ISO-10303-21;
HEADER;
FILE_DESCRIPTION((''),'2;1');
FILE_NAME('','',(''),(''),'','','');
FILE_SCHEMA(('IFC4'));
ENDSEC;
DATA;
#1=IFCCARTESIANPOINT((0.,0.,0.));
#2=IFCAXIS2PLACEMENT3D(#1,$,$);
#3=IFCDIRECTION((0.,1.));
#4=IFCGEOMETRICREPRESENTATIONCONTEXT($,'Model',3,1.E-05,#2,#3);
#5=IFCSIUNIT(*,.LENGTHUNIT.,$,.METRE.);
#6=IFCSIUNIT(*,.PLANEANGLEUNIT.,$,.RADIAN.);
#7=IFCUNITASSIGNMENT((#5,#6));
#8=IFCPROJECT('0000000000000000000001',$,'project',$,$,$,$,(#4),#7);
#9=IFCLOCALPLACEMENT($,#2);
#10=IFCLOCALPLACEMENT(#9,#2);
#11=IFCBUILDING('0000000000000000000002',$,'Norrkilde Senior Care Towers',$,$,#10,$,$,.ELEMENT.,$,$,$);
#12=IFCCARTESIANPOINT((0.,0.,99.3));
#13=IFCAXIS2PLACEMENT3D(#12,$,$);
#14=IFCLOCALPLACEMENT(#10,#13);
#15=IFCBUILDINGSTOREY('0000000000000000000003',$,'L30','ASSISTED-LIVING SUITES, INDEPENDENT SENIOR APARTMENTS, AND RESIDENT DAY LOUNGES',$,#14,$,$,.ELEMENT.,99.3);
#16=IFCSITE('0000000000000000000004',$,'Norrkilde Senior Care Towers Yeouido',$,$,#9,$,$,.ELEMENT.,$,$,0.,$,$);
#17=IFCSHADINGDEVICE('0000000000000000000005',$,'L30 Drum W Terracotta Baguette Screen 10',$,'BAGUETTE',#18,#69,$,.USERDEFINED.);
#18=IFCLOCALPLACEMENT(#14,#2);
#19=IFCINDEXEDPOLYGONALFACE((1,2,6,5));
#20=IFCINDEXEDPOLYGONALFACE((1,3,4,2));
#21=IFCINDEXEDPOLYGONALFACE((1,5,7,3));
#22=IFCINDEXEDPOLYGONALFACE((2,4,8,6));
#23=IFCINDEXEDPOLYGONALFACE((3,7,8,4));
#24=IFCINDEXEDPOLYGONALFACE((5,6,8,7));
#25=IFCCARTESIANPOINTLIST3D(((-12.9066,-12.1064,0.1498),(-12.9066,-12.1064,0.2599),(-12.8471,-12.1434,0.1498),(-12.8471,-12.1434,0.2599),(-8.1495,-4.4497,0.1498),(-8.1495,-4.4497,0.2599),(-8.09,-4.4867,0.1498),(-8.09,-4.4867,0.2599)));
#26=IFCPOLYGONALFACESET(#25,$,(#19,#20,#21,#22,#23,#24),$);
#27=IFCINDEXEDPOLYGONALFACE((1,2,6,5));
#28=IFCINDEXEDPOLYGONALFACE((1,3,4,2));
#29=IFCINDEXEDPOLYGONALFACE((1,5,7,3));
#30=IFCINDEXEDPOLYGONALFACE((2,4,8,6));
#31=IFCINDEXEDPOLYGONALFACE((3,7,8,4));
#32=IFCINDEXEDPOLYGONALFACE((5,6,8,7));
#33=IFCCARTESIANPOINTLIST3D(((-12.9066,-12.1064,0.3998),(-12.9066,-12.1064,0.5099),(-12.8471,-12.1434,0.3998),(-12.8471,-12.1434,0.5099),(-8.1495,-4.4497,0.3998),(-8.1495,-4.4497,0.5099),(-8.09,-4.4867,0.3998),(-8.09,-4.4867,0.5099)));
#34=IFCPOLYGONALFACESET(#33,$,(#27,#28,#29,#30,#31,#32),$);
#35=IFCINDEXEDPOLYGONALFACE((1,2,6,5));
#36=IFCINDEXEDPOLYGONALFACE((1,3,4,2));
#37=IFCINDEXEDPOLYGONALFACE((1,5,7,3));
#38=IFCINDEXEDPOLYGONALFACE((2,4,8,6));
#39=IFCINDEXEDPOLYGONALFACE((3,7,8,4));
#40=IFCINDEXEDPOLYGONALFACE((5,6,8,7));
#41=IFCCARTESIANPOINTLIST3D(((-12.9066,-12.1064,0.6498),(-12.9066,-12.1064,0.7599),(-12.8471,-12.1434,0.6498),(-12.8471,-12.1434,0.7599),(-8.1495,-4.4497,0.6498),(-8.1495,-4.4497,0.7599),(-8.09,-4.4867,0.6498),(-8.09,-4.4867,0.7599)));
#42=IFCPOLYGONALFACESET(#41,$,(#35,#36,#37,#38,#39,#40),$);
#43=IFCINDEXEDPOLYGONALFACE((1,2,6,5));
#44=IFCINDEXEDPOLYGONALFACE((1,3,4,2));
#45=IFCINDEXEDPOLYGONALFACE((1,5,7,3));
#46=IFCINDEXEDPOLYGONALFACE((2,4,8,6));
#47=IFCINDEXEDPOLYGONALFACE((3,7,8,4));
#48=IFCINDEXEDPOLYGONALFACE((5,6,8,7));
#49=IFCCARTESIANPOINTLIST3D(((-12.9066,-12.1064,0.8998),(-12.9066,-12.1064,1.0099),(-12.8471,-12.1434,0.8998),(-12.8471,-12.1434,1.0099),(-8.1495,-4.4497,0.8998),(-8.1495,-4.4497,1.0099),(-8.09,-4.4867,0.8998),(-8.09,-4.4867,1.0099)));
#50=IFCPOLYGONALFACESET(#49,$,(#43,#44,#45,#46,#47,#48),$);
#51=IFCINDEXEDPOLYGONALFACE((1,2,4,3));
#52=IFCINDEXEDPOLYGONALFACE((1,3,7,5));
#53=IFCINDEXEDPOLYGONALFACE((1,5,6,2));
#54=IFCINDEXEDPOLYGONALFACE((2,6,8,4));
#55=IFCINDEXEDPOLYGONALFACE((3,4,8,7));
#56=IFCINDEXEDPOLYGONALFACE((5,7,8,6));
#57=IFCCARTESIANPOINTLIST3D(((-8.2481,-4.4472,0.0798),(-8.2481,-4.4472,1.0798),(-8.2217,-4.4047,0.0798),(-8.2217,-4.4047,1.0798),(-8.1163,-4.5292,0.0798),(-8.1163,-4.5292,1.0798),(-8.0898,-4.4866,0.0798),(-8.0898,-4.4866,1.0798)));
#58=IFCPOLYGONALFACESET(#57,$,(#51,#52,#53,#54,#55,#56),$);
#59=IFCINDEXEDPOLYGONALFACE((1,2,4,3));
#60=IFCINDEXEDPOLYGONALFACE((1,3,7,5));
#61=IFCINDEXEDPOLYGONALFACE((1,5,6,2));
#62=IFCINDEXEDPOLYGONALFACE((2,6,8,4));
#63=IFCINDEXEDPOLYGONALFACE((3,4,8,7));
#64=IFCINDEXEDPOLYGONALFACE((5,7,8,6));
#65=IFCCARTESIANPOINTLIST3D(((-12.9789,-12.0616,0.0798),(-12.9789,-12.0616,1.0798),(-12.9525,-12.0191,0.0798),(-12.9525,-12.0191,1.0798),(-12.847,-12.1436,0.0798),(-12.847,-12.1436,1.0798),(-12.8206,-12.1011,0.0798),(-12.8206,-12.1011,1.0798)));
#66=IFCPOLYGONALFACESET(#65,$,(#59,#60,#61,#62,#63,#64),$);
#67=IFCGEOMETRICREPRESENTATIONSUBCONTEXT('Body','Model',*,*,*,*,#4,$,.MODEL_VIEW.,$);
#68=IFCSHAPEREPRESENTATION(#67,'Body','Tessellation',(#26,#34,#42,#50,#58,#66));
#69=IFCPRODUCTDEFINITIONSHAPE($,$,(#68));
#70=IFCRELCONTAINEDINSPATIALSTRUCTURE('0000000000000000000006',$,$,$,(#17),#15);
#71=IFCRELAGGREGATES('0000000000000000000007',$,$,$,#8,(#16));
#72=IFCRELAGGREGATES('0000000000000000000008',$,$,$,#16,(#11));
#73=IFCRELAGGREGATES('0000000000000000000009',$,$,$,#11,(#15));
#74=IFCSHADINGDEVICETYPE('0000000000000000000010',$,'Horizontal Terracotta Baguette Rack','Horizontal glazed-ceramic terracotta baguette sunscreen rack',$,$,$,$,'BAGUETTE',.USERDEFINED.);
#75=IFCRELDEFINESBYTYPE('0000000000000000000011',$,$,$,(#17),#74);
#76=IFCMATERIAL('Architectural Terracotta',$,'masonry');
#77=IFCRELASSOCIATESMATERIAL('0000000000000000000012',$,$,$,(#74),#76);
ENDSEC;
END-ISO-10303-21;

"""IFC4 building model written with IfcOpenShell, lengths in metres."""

from ifc_helpers import new_model, si_unit, direction, frame, origin, origin_2d, place, context, subcontext, project, spatial, rectangle, extrude, source, transform, mapped, material, type_object, type_shapes, element, save


model = new_model("IFC4")

# Units and contexts
model_context = context("Model", 3, precision=1e-05, world=origin(), true_north=direction((0.0, 1.0)))
body_context = subcontext(model_context, "Body", "Model", "MODEL_VIEW")
ifc_project = project(units=[si_unit("LENGTHUNIT", "METRE"), si_unit("PLANEANGLEUNIT", "RADIAN")], contexts=[model_context])

# Site, building, storey
site_placement = place(None, origin())
site = spatial("IfcSite", under=ifc_project, at=site_placement, Name="Norrkilde Senior Care Towers Yeouido", CompositionType="ELEMENT", RefElevation=0.0)
building_placement = place(site_placement, origin())
building = spatial("IfcBuilding", under=site, at=building_placement, Name="Norrkilde Senior Care Towers", CompositionType="ELEMENT")
storey_placement = place(building_placement, frame((0.0, 0.0, 99.3)))
storey = spatial("IfcBuildingStorey", under=building, at=storey_placement, Name="L30", Description="ASSISTED-LIVING SUITES, INDEPENDENT SENIOR APARTMENTS, AND RESIDENT DAY LOUNGES", CompositionType="ELEMENT", Elevation=99.3)

# Shading device
ifc_material_1 = material(Name="Architectural Terracotta", Category="masonry")
shading_device_type = type_object("IfcShadingDeviceType", Name="Horizontal Terracotta Baguette Rack", Description="Horizontal glazed-ceramic terracotta baguette sunscreen rack", ElementType="BAGUETTE", PredefinedType="USERDEFINED", material=ifc_material_1)
shared_shape_1 = source(origin(), body_context, "Body", "SweptSolid", [
    extrude(rectangle(XDim=0.0701, YDim=0.1101, at=origin_2d()), frame((0.0, 0.0901, 0.125), z_axis=(1.0, 0.0, 0.0), x_axis=(0.0, 1.0, 0.0)), (0.0, 0.0, 1.0), 9.0142),
    extrude(rectangle(XDim=0.0701, YDim=0.1101, at=origin_2d()), frame((0.0, 0.0901, 0.375), z_axis=(1.0, 0.0, 0.0), x_axis=(0.0, 1.0, 0.0)), (0.0, 0.0, 1.0), 9.0142),
    extrude(rectangle(XDim=0.0701, YDim=0.1101, at=origin_2d()), frame((0.0, 0.0901, 0.625), z_axis=(1.0, 0.0, 0.0), x_axis=(0.0, 1.0, 0.0)), (0.0, 0.0, 1.0), 9.0142),
    extrude(rectangle(XDim=0.0701, YDim=0.1101, at=origin_2d()), frame((0.0, 0.0901, 0.875), z_axis=(1.0, 0.0, 0.0), x_axis=(0.0, 1.0, 0.0)), (0.0, 0.0, 1.0), 9.0142),
    extrude(rectangle(XDim=0.05, YDim=0.1553, at=origin_2d()), frame((0.0249, 0.0476, 0.0)), (0.0, 0.0, 1.0), 1.0),
    extrude(rectangle(XDim=0.05, YDim=0.1553, at=origin_2d()), frame((8.9893, 0.0476, 0.0)), (0.0, 0.0, 1.0), 1.0),
])
type_shapes(shading_device_type, [shared_shape_1])
shading_device_placement = place(storey_placement, frame((-8.1963, -4.4207, 0.0798), z_axis=(0.0, 0.0, 1.0), x_axis=(-0.527734, -0.849412, 0.0)))
element("IfcShadingDevice", 1, at=shading_device_placement, inside=storey, type_object=shading_device_type, Name="L30 Drum W Terracotta Baguette Screen 10", ObjectType="BAGUETTE", PredefinedType="USERDEFINED", context=body_context, shape_type="MappedRepresentation", body=[
    mapped(shared_shape_1, transform((0.0, 0.0, 0.0), x_axis=(1.0, 0.0, 0.0), y_axis=(0.0, 1.0, 0.0), z_axis=(0.0, 0.0, 1.0), scale=1.0)),
])

save(model, "model.ifc")
